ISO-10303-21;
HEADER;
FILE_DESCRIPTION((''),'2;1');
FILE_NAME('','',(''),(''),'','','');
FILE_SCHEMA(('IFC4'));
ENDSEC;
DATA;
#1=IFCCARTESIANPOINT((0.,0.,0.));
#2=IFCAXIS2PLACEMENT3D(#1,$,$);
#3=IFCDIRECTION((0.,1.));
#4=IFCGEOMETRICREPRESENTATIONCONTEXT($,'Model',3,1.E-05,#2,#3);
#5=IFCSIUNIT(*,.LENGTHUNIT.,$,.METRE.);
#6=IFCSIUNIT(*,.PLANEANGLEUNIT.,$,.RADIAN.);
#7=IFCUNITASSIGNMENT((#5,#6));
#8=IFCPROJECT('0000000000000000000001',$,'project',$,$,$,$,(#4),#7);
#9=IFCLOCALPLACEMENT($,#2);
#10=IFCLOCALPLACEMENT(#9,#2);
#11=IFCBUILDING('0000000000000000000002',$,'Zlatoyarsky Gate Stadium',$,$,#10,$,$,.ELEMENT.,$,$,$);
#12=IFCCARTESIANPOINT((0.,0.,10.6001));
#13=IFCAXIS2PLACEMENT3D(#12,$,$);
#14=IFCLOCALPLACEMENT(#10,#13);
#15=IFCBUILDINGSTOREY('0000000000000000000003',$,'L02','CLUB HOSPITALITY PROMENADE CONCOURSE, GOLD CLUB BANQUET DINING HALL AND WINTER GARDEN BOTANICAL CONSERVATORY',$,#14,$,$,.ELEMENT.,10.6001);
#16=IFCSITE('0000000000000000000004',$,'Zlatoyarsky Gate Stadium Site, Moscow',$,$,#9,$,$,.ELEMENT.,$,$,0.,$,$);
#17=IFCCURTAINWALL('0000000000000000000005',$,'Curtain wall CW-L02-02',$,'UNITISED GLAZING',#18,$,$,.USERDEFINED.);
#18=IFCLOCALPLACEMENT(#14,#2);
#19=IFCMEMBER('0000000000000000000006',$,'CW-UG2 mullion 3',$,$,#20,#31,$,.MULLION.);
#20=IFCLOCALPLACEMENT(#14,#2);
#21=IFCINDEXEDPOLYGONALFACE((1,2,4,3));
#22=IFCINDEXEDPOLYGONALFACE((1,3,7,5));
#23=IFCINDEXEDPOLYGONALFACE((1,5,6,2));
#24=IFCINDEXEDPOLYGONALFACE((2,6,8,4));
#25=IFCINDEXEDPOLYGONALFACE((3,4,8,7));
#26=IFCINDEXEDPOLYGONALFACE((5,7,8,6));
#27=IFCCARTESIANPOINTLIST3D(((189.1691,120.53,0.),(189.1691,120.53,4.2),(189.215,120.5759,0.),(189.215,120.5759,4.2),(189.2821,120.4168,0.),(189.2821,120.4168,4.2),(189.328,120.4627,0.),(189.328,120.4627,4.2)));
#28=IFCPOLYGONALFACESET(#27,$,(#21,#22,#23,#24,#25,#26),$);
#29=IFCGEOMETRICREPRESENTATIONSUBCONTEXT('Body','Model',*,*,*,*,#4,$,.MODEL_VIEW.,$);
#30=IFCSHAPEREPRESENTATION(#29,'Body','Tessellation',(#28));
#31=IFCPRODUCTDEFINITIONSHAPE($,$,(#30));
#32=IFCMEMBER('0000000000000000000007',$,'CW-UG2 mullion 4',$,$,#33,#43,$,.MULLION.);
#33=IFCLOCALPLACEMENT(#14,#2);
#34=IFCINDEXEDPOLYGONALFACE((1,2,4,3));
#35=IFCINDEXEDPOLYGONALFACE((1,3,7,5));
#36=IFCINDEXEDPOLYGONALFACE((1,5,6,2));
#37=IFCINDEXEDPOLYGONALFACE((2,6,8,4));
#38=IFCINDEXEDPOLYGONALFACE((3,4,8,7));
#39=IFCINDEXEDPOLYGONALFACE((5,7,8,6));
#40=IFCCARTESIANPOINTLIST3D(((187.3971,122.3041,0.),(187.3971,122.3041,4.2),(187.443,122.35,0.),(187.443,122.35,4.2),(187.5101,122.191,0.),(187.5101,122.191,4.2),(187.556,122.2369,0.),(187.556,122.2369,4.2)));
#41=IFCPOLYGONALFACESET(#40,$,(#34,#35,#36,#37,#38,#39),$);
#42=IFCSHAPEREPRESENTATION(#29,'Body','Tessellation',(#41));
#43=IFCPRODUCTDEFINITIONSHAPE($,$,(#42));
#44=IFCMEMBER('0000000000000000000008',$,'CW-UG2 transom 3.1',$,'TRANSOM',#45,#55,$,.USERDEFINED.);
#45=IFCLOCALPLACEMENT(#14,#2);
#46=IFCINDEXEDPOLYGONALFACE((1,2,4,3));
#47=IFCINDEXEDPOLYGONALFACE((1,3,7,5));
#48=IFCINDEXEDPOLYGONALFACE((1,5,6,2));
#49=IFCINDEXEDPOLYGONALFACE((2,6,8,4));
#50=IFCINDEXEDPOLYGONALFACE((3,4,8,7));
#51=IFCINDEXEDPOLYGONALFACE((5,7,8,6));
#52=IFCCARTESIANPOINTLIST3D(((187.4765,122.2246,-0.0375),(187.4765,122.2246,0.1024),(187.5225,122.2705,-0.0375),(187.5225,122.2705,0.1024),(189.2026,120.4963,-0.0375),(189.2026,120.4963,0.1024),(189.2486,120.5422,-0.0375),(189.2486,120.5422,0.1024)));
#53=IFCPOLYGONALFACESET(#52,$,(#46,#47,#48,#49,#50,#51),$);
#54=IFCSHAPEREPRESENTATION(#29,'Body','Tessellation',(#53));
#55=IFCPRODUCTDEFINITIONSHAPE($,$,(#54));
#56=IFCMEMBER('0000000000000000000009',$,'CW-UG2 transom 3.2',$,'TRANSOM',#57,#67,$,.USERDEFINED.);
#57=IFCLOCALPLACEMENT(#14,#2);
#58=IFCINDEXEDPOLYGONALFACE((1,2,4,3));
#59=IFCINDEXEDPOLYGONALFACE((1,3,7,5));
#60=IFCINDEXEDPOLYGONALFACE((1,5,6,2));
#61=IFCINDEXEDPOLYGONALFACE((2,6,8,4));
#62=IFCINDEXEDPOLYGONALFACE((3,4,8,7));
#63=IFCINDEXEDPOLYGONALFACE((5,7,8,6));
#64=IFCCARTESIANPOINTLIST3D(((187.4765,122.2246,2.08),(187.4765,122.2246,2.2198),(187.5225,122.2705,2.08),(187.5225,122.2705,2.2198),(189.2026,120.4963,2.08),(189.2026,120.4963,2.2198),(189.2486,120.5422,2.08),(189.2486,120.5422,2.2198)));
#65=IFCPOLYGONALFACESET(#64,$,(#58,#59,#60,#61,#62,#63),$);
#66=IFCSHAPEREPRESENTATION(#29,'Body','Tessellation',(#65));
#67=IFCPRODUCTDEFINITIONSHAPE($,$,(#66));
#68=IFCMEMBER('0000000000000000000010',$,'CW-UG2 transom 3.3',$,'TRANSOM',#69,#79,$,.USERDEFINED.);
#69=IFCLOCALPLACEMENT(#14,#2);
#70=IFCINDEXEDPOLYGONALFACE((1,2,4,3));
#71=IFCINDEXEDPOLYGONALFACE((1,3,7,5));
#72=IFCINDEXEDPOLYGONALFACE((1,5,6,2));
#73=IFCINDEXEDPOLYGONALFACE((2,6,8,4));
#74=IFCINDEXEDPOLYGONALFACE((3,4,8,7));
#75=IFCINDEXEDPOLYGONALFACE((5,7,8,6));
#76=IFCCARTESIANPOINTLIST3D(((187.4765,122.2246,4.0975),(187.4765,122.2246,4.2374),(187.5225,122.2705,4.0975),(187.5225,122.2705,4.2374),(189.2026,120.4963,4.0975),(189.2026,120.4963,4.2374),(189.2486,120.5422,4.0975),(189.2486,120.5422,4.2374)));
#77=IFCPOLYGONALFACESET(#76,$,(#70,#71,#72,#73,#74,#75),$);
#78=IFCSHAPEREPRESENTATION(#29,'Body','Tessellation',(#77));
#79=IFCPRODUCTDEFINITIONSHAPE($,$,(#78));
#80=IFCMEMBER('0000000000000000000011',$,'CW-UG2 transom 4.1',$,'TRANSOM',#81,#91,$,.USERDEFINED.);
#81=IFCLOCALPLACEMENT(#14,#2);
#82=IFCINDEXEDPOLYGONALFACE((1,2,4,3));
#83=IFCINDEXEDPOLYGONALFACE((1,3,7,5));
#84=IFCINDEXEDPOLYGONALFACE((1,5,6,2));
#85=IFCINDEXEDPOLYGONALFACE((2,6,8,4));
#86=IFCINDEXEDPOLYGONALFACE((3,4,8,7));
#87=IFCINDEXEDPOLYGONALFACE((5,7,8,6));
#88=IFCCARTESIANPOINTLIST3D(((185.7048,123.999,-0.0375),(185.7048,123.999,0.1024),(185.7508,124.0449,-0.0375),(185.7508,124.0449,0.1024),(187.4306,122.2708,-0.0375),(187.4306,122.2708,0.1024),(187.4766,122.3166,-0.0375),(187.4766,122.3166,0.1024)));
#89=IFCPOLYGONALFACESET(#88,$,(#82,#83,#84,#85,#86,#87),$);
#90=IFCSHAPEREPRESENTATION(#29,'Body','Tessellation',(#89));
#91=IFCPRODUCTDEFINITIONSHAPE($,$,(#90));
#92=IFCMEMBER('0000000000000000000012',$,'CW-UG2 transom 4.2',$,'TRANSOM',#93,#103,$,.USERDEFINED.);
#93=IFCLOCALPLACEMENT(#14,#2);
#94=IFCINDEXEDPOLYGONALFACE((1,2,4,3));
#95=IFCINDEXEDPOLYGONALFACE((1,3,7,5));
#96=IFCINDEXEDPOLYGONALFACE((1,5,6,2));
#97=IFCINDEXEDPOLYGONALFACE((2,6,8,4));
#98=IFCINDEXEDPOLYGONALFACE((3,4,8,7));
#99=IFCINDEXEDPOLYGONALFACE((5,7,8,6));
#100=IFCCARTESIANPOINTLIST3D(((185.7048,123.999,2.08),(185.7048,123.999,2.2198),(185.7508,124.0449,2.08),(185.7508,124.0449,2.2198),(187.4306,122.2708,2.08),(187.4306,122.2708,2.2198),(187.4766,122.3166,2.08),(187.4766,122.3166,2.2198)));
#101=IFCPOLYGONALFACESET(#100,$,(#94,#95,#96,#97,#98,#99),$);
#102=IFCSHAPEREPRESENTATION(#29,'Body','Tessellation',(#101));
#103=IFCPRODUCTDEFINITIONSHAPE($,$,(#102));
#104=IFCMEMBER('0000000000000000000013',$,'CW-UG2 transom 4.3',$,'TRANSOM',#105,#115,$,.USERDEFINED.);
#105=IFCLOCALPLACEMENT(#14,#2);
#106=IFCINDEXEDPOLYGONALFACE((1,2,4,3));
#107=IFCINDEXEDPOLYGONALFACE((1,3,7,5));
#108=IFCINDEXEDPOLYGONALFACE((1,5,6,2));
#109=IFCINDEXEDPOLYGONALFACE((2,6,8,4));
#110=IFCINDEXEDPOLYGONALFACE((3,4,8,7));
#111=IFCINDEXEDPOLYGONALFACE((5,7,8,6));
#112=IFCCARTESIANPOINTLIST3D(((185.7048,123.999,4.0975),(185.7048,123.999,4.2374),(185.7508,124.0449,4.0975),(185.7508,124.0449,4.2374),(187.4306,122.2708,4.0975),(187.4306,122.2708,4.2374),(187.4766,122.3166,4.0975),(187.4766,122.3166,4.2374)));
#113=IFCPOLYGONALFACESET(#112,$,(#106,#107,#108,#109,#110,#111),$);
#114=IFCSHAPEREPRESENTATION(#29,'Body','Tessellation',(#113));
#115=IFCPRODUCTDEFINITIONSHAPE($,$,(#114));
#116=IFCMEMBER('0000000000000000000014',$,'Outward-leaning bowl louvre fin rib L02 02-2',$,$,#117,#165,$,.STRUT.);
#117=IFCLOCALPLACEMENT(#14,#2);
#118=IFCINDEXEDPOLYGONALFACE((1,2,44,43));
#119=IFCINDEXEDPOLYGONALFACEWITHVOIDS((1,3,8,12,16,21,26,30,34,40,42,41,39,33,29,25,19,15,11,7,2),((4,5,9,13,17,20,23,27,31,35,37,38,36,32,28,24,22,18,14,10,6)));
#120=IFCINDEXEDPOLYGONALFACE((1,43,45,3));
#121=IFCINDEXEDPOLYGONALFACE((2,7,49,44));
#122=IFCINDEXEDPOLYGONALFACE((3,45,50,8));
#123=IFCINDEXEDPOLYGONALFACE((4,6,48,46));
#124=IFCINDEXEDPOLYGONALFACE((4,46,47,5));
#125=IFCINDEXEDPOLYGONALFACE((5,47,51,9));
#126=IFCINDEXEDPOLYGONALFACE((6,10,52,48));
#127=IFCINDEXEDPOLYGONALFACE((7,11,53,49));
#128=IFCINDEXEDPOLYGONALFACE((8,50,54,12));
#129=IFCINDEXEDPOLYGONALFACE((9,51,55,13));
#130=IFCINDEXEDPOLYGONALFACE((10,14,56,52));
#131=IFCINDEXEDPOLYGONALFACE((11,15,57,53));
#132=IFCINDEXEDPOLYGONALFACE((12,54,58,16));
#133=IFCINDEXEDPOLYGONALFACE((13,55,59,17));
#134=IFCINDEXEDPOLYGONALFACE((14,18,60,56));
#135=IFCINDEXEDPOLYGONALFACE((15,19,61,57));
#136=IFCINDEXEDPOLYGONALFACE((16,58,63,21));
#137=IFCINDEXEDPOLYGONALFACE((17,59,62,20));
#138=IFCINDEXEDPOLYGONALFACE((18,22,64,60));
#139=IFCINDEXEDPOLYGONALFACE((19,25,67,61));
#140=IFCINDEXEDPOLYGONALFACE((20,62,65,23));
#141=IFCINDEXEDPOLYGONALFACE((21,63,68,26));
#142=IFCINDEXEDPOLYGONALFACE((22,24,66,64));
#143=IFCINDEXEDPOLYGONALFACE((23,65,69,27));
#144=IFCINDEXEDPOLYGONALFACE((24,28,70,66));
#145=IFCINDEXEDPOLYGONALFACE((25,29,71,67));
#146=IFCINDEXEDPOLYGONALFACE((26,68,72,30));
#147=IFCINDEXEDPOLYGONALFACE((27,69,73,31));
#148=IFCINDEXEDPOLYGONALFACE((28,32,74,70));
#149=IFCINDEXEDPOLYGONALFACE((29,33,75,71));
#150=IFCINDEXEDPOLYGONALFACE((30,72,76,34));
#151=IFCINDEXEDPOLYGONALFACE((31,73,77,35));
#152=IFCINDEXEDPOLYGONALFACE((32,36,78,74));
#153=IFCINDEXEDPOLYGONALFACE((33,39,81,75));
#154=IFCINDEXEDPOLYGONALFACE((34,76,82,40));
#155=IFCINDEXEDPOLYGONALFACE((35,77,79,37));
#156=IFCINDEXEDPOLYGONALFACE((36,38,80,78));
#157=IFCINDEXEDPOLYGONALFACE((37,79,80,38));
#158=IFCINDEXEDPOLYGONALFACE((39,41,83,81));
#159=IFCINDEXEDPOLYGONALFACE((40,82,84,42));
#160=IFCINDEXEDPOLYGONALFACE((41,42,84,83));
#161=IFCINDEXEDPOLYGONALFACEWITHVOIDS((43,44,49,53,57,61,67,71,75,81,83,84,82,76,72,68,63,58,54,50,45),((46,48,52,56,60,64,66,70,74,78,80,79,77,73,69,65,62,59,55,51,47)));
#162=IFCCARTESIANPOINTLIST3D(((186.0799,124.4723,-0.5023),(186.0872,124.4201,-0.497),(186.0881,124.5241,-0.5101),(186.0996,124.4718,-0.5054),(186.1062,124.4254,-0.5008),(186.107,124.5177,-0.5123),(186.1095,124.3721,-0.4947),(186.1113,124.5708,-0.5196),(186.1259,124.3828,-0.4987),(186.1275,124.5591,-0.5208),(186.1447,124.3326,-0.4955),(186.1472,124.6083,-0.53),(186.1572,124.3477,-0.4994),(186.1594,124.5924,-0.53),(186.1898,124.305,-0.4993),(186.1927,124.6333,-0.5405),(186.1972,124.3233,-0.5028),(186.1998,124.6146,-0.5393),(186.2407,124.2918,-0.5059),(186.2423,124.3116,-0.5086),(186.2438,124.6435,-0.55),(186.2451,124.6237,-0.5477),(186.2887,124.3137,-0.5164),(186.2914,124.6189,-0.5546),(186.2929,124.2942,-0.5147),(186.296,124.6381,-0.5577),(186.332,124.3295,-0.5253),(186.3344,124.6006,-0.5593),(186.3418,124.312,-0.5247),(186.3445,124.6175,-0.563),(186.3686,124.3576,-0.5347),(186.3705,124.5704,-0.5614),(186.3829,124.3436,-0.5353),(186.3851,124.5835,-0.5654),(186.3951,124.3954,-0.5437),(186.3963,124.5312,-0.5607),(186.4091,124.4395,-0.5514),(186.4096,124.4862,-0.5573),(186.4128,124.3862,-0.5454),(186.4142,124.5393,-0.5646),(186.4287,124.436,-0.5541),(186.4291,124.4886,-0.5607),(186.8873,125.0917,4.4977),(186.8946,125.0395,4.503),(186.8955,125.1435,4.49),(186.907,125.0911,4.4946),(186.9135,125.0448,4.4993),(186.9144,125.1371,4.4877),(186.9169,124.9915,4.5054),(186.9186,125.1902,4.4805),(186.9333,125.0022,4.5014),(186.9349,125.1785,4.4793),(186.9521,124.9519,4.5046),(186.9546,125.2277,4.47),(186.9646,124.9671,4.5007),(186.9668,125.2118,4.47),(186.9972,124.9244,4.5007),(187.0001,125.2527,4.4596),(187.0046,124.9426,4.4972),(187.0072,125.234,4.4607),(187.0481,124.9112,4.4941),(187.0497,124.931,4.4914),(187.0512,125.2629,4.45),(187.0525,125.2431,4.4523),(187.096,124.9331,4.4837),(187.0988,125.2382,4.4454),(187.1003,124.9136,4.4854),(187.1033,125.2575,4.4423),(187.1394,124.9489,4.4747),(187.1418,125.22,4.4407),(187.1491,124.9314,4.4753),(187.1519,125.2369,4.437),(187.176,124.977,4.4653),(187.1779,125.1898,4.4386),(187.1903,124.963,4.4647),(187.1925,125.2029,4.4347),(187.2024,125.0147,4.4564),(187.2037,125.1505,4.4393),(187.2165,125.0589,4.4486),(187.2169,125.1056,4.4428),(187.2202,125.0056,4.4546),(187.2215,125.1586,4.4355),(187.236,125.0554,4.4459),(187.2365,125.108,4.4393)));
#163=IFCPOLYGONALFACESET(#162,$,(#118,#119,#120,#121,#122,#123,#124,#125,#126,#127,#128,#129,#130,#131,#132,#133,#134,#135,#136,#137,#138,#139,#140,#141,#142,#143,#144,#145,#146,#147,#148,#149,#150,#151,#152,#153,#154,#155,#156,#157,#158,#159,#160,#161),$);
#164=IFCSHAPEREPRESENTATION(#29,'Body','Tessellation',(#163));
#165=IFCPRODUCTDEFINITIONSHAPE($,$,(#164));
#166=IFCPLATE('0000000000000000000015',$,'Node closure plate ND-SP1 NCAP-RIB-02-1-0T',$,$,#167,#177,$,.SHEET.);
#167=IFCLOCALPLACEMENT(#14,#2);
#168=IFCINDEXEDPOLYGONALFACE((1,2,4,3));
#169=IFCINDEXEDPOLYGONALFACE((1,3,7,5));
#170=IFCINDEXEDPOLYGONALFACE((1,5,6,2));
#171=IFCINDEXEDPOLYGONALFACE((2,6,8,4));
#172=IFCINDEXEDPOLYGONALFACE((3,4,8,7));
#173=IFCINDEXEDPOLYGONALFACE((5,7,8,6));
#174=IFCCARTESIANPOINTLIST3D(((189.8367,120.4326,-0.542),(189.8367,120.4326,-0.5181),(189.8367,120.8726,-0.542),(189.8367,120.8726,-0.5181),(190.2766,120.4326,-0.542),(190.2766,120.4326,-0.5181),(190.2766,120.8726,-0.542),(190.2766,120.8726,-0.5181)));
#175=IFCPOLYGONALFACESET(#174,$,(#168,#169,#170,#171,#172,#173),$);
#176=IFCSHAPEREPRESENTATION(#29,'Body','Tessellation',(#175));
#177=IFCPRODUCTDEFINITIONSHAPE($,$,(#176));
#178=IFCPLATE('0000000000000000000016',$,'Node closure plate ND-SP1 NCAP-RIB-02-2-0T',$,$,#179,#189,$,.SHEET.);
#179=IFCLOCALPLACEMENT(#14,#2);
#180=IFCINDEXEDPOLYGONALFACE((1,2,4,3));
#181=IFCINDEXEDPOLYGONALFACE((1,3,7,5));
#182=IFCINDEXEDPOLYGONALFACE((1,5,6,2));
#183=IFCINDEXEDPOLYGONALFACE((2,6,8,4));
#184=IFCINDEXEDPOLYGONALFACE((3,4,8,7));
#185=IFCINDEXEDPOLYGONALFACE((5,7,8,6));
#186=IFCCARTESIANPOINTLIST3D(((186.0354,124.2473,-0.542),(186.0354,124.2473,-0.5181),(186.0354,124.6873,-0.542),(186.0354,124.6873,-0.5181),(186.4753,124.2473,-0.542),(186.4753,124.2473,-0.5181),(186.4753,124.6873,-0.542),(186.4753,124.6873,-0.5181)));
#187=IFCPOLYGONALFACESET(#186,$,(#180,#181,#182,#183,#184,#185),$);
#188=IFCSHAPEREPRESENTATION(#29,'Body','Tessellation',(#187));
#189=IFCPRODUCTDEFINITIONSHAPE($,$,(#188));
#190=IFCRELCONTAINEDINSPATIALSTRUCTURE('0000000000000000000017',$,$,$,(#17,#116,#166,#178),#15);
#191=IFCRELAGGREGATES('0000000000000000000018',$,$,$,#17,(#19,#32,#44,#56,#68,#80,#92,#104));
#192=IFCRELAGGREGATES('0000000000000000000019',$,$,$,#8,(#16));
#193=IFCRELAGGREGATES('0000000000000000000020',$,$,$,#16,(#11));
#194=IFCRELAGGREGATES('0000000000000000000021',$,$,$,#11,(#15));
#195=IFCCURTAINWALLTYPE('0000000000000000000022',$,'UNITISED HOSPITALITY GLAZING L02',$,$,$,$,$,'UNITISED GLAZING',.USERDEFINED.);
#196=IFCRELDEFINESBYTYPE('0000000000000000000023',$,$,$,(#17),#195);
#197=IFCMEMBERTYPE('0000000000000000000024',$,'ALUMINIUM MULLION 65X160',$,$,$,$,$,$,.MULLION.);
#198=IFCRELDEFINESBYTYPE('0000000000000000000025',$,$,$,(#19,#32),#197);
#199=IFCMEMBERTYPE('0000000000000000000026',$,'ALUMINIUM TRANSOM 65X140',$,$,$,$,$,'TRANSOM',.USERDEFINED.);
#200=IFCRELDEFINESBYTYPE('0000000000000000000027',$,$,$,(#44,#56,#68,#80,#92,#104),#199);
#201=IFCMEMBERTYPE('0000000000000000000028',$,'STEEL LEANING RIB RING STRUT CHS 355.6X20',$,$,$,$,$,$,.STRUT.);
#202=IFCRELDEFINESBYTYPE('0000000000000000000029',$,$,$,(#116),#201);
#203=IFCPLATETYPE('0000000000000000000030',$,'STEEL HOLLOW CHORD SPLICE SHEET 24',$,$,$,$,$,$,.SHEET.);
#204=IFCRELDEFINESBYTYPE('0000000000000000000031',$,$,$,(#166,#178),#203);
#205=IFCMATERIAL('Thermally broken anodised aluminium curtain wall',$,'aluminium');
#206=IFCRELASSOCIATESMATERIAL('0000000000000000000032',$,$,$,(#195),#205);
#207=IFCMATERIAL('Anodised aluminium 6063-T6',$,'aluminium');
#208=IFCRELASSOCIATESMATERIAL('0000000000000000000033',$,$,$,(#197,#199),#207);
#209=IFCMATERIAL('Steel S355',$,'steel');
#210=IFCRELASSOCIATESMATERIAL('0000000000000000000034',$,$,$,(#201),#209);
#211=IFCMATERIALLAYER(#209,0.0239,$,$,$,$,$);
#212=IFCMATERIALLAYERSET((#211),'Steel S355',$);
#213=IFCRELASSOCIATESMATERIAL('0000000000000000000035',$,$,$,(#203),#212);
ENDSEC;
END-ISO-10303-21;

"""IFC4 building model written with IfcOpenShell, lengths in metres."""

from ifc_helpers import new_model, si_unit, direction, frame, origin, origin_2d, place, context, subcontext, project, spatial, rectangle, hollow_circle, extrude, material, layer, layer_set, material_profile, profile_set, type_object, element, aggregate, save


model = new_model("IFC4")

# Units and contexts
model_context = context("Model", 3, precision=1e-05, world=origin(), true_north=direction((0.0, 1.0)))
body_context = subcontext(model_context, "Body", "Model", "MODEL_VIEW")
ifc_project = project(units=[si_unit("LENGTHUNIT", "METRE"), si_unit("PLANEANGLEUNIT", "RADIAN")], contexts=[model_context])

# Site, building, storey
site_placement = place(None, origin())
site = spatial("IfcSite", under=ifc_project, at=site_placement, Name="Zlatoyarsky Gate Stadium Site, Moscow", CompositionType="ELEMENT", RefElevation=0.0)
building_placement = place(site_placement, origin())
building = spatial("IfcBuilding", under=site, at=building_placement, Name="Zlatoyarsky Gate Stadium", CompositionType="ELEMENT")
storey_placement = place(building_placement, frame((0.0, 0.0, 10.6001)))
storey = spatial("IfcBuildingStorey", under=building, at=storey_placement, Name="L02", Description="CLUB HOSPITALITY PROMENADE CONCOURSE, GOLD CLUB BANQUET DINING HALL AND WINTER GARDEN BOTANICAL CONSERVATORY", CompositionType="ELEMENT", Elevation=10.6001)

# Curtain wall, members
ifc_material_1 = material(Name="Thermally broken anodised aluminium curtain wall", Category="aluminium")
curtain_wall_type = type_object("IfcCurtainWallType", Name="UNITISED HOSPITALITY GLAZING L02", ElementType="UNITISED GLAZING", PredefinedType="USERDEFINED", material=ifc_material_1)
curtain_wall_placement = place(storey_placement, origin())
curtain_wall = element("IfcCurtainWall", 1, at=curtain_wall_placement, inside=storey, type_object=curtain_wall_type, Name="Curtain wall CW-L02-02", ObjectType="UNITISED GLAZING", PredefinedType="USERDEFINED")
ifc_material_2 = material(Name="Anodised aluminium 6063-T6", Category="aluminium")
ifc_material_profile_1 = material_profile(ifc_material_2, rectangle(XDim=0.0649, YDim=0.1599, at=origin_2d()), Name="ALU 65X160")
ifc_profile_set_1 = profile_set([ifc_material_profile_1], Name="Anodised aluminium 6063-T6")
member_type_1 = type_object("IfcMemberType", Name="ALUMINIUM MULLION 65X160", PredefinedType="MULLION", material=ifc_profile_set_1)
member_1_placement = place(storey_placement, frame((189.2485, 120.4963, 0.0), z_axis=(0.0, 0.0, 1.0), x_axis=(-0.707588, -0.706626, 0.0)))
member_1 = element("IfcMember", 2, at=member_1_placement, type_object=member_type_1, Name="CW-UG2 mullion 3", PredefinedType="MULLION", context=body_context, shape_type="SweptSolid", body=[
    extrude(rectangle(XDim=0.0649, YDim=0.1599, at=origin_2d()), origin(), (0.0, 0.0, 1.0), 4.2),
])
member_2_placement = place(storey_placement, frame((187.4766, 122.2705, 0.0), z_axis=(0.0, 0.0, 1.0), x_axis=(-0.707588, -0.706626, 0.0)))
member_2 = element("IfcMember", 3, at=member_2_placement, type_object=member_type_1, Name="CW-UG2 mullion 4", PredefinedType="MULLION", context=body_context, shape_type="SweptSolid", body=[
    extrude(rectangle(XDim=0.0649, YDim=0.1599, at=origin_2d()), origin(), (0.0, 0.0, 1.0), 4.2),
])
ifc_material_profile_2 = material_profile(ifc_material_2, rectangle(XDim=0.0649, YDim=0.1399, at=origin_2d()), Name="ALU 65X140")
ifc_profile_set_2 = profile_set([ifc_material_profile_2], Name="Anodised aluminium 6063-T6")
member_type_2 = type_object("IfcMemberType", Name="ALUMINIUM TRANSOM 65X140", ElementType="TRANSOM", PredefinedType="USERDEFINED", material=ifc_profile_set_2)
member_3_placement = place(storey_placement, frame((189.2256, 120.5193, 0.0325), z_axis=(-0.706657, 0.707556, 0.0), x_axis=(-0.707556, -0.706657, 0.0)))
member_3 = element("IfcMember", 4, at=member_3_placement, type_object=member_type_2, Name="CW-UG2 transom 3.1", ObjectType="TRANSOM", PredefinedType="USERDEFINED", context=body_context, shape_type="SweptSolid", body=[
    extrude(rectangle(XDim=0.0649, YDim=0.1399, at=origin_2d()), origin(), (0.0, 0.0, 1.0), 2.4426),
])
member_4_placement = place(storey_placement, frame((189.2256, 120.5193, 2.1499), z_axis=(-0.706657, 0.707556, 0.0), x_axis=(-0.707556, -0.706657, 0.0)))
member_4 = element("IfcMember", 5, at=member_4_placement, type_object=member_type_2, Name="CW-UG2 transom 3.2", ObjectType="TRANSOM", PredefinedType="USERDEFINED", context=body_context, shape_type="SweptSolid", body=[
    extrude(rectangle(XDim=0.0649, YDim=0.1399, at=origin_2d()), origin(), (0.0, 0.0, 1.0), 2.4426),
])
member_5_placement = place(storey_placement, frame((189.2256, 120.5193, 4.1675), z_axis=(-0.706657, 0.707556, 0.0), x_axis=(-0.707556, -0.706657, 0.0)))
member_5 = element("IfcMember", 6, at=member_5_placement, type_object=member_type_2, Name="CW-UG2 transom 3.3", ObjectType="TRANSOM", PredefinedType="USERDEFINED", context=body_context, shape_type="SweptSolid", body=[
    extrude(rectangle(XDim=0.0649, YDim=0.1399, at=origin_2d()), origin(), (0.0, 0.0, 1.0), 2.4426),
])
member_6_placement = place(storey_placement, frame((187.4536, 122.2937, 0.0325), z_axis=(-0.706607, 0.707606, 0.0), x_axis=(-0.707606, -0.706607, 0.0)))
member_6 = element("IfcMember", 7, at=member_6_placement, type_object=member_type_2, Name="CW-UG2 transom 4.1", ObjectType="TRANSOM", PredefinedType="USERDEFINED", context=body_context, shape_type="SweptSolid", body=[
    extrude(rectangle(XDim=0.0649, YDim=0.1399, at=origin_2d()), origin(), (0.0, 0.0, 1.0), 2.4424),
])
member_7_placement = place(storey_placement, frame((187.4536, 122.2937, 2.1499), z_axis=(-0.706607, 0.707606, 0.0), x_axis=(-0.707606, -0.706607, 0.0)))
member_7 = element("IfcMember", 8, at=member_7_placement, type_object=member_type_2, Name="CW-UG2 transom 4.2", ObjectType="TRANSOM", PredefinedType="USERDEFINED", context=body_context, shape_type="SweptSolid", body=[
    extrude(rectangle(XDim=0.0649, YDim=0.1399, at=origin_2d()), origin(), (0.0, 0.0, 1.0), 2.4424),
])
member_8_placement = place(storey_placement, frame((187.4536, 122.2937, 4.1675), z_axis=(-0.706607, 0.707606, 0.0), x_axis=(-0.707606, -0.706607, 0.0)))
member_8 = element("IfcMember", 9, at=member_8_placement, type_object=member_type_2, Name="CW-UG2 transom 4.3", ObjectType="TRANSOM", PredefinedType="USERDEFINED", context=body_context, shape_type="SweptSolid", body=[
    extrude(rectangle(XDim=0.0649, YDim=0.1399, at=origin_2d()), origin(), (0.0, 0.0, 1.0), 2.4424),
])

# Member
ifc_material_3 = material(Name="Steel S355", Category="steel")
ifc_material_profile_3 = material_profile(ifc_material_3, hollow_circle(Radius=0.1777, WallThickness=0.02, at=origin_2d()), Name="CHS 355.6X20")
ifc_profile_set_3 = profile_set([ifc_material_profile_3], Name="Steel S355")
member_type_3 = type_object("IfcMemberType", Name="STEEL LEANING RIB RING STRUT CHS 355.6X20", PredefinedType="STRUT", material=ifc_profile_set_3)
member_9_placement = place(storey_placement, frame((186.2554, 124.4673, -0.53), z_axis=(0.158231, 0.121389, 0.979912), x_axis=(-0.608678, 0.793417, 0.0)))
element("IfcMember", 10, at=member_9_placement, inside=storey, type_object=member_type_3, Name="Outward-leaning bowl louvre fin rib L02 02-2", PredefinedType="STRUT", context=body_context, shape_type="SweptSolid", body=[
    extrude(hollow_circle(Radius=0.1777, WallThickness=0.02, at=origin_2d()), origin(), (0.0, 0.0, 1.0), 5.1025),
])

# Plates
ifc_layer_1 = layer(ifc_material_3, 0.0239)
ifc_layer_set_1 = layer_set([ifc_layer_1], Name="Steel S355")
plate_type_1 = type_object("IfcPlateType", Name="STEEL HOLLOW CHORD SPLICE SHEET 24", PredefinedType="SHEET", material=ifc_layer_set_1)
for number, where, z_axis, x_axis, name in (
    (11, (190.0566, 120.6526, -0.542), (0.0, 0.0, 1.0), (1.0, 0.0, 0.0), "Node closure plate ND-SP1 NCAP-RIB-02-1-0T"),
    (12, (186.2554, 124.4673, -0.542), (0.0, 0.0, 1.0), (1.0, 0.0, 0.0), "Node closure plate ND-SP1 NCAP-RIB-02-2-0T"),
):
    element("IfcPlate", number, at=place(storey_placement, frame(where, z_axis=z_axis, x_axis=x_axis)), inside=storey, type_object=plate_type_1, Name=name, PredefinedType="SHEET", context=body_context, shape_type="SweptSolid", body=[
        extrude(rectangle(XDim=0.4399, YDim=0.4399, at=origin_2d()), origin(), (0.0, 0.0, 1.0), 0.0239),
    ])

aggregate(curtain_wall, [member_1, member_2, member_3, member_4, member_5, member_6, member_7, member_8])

save(model, "model.ifc")
